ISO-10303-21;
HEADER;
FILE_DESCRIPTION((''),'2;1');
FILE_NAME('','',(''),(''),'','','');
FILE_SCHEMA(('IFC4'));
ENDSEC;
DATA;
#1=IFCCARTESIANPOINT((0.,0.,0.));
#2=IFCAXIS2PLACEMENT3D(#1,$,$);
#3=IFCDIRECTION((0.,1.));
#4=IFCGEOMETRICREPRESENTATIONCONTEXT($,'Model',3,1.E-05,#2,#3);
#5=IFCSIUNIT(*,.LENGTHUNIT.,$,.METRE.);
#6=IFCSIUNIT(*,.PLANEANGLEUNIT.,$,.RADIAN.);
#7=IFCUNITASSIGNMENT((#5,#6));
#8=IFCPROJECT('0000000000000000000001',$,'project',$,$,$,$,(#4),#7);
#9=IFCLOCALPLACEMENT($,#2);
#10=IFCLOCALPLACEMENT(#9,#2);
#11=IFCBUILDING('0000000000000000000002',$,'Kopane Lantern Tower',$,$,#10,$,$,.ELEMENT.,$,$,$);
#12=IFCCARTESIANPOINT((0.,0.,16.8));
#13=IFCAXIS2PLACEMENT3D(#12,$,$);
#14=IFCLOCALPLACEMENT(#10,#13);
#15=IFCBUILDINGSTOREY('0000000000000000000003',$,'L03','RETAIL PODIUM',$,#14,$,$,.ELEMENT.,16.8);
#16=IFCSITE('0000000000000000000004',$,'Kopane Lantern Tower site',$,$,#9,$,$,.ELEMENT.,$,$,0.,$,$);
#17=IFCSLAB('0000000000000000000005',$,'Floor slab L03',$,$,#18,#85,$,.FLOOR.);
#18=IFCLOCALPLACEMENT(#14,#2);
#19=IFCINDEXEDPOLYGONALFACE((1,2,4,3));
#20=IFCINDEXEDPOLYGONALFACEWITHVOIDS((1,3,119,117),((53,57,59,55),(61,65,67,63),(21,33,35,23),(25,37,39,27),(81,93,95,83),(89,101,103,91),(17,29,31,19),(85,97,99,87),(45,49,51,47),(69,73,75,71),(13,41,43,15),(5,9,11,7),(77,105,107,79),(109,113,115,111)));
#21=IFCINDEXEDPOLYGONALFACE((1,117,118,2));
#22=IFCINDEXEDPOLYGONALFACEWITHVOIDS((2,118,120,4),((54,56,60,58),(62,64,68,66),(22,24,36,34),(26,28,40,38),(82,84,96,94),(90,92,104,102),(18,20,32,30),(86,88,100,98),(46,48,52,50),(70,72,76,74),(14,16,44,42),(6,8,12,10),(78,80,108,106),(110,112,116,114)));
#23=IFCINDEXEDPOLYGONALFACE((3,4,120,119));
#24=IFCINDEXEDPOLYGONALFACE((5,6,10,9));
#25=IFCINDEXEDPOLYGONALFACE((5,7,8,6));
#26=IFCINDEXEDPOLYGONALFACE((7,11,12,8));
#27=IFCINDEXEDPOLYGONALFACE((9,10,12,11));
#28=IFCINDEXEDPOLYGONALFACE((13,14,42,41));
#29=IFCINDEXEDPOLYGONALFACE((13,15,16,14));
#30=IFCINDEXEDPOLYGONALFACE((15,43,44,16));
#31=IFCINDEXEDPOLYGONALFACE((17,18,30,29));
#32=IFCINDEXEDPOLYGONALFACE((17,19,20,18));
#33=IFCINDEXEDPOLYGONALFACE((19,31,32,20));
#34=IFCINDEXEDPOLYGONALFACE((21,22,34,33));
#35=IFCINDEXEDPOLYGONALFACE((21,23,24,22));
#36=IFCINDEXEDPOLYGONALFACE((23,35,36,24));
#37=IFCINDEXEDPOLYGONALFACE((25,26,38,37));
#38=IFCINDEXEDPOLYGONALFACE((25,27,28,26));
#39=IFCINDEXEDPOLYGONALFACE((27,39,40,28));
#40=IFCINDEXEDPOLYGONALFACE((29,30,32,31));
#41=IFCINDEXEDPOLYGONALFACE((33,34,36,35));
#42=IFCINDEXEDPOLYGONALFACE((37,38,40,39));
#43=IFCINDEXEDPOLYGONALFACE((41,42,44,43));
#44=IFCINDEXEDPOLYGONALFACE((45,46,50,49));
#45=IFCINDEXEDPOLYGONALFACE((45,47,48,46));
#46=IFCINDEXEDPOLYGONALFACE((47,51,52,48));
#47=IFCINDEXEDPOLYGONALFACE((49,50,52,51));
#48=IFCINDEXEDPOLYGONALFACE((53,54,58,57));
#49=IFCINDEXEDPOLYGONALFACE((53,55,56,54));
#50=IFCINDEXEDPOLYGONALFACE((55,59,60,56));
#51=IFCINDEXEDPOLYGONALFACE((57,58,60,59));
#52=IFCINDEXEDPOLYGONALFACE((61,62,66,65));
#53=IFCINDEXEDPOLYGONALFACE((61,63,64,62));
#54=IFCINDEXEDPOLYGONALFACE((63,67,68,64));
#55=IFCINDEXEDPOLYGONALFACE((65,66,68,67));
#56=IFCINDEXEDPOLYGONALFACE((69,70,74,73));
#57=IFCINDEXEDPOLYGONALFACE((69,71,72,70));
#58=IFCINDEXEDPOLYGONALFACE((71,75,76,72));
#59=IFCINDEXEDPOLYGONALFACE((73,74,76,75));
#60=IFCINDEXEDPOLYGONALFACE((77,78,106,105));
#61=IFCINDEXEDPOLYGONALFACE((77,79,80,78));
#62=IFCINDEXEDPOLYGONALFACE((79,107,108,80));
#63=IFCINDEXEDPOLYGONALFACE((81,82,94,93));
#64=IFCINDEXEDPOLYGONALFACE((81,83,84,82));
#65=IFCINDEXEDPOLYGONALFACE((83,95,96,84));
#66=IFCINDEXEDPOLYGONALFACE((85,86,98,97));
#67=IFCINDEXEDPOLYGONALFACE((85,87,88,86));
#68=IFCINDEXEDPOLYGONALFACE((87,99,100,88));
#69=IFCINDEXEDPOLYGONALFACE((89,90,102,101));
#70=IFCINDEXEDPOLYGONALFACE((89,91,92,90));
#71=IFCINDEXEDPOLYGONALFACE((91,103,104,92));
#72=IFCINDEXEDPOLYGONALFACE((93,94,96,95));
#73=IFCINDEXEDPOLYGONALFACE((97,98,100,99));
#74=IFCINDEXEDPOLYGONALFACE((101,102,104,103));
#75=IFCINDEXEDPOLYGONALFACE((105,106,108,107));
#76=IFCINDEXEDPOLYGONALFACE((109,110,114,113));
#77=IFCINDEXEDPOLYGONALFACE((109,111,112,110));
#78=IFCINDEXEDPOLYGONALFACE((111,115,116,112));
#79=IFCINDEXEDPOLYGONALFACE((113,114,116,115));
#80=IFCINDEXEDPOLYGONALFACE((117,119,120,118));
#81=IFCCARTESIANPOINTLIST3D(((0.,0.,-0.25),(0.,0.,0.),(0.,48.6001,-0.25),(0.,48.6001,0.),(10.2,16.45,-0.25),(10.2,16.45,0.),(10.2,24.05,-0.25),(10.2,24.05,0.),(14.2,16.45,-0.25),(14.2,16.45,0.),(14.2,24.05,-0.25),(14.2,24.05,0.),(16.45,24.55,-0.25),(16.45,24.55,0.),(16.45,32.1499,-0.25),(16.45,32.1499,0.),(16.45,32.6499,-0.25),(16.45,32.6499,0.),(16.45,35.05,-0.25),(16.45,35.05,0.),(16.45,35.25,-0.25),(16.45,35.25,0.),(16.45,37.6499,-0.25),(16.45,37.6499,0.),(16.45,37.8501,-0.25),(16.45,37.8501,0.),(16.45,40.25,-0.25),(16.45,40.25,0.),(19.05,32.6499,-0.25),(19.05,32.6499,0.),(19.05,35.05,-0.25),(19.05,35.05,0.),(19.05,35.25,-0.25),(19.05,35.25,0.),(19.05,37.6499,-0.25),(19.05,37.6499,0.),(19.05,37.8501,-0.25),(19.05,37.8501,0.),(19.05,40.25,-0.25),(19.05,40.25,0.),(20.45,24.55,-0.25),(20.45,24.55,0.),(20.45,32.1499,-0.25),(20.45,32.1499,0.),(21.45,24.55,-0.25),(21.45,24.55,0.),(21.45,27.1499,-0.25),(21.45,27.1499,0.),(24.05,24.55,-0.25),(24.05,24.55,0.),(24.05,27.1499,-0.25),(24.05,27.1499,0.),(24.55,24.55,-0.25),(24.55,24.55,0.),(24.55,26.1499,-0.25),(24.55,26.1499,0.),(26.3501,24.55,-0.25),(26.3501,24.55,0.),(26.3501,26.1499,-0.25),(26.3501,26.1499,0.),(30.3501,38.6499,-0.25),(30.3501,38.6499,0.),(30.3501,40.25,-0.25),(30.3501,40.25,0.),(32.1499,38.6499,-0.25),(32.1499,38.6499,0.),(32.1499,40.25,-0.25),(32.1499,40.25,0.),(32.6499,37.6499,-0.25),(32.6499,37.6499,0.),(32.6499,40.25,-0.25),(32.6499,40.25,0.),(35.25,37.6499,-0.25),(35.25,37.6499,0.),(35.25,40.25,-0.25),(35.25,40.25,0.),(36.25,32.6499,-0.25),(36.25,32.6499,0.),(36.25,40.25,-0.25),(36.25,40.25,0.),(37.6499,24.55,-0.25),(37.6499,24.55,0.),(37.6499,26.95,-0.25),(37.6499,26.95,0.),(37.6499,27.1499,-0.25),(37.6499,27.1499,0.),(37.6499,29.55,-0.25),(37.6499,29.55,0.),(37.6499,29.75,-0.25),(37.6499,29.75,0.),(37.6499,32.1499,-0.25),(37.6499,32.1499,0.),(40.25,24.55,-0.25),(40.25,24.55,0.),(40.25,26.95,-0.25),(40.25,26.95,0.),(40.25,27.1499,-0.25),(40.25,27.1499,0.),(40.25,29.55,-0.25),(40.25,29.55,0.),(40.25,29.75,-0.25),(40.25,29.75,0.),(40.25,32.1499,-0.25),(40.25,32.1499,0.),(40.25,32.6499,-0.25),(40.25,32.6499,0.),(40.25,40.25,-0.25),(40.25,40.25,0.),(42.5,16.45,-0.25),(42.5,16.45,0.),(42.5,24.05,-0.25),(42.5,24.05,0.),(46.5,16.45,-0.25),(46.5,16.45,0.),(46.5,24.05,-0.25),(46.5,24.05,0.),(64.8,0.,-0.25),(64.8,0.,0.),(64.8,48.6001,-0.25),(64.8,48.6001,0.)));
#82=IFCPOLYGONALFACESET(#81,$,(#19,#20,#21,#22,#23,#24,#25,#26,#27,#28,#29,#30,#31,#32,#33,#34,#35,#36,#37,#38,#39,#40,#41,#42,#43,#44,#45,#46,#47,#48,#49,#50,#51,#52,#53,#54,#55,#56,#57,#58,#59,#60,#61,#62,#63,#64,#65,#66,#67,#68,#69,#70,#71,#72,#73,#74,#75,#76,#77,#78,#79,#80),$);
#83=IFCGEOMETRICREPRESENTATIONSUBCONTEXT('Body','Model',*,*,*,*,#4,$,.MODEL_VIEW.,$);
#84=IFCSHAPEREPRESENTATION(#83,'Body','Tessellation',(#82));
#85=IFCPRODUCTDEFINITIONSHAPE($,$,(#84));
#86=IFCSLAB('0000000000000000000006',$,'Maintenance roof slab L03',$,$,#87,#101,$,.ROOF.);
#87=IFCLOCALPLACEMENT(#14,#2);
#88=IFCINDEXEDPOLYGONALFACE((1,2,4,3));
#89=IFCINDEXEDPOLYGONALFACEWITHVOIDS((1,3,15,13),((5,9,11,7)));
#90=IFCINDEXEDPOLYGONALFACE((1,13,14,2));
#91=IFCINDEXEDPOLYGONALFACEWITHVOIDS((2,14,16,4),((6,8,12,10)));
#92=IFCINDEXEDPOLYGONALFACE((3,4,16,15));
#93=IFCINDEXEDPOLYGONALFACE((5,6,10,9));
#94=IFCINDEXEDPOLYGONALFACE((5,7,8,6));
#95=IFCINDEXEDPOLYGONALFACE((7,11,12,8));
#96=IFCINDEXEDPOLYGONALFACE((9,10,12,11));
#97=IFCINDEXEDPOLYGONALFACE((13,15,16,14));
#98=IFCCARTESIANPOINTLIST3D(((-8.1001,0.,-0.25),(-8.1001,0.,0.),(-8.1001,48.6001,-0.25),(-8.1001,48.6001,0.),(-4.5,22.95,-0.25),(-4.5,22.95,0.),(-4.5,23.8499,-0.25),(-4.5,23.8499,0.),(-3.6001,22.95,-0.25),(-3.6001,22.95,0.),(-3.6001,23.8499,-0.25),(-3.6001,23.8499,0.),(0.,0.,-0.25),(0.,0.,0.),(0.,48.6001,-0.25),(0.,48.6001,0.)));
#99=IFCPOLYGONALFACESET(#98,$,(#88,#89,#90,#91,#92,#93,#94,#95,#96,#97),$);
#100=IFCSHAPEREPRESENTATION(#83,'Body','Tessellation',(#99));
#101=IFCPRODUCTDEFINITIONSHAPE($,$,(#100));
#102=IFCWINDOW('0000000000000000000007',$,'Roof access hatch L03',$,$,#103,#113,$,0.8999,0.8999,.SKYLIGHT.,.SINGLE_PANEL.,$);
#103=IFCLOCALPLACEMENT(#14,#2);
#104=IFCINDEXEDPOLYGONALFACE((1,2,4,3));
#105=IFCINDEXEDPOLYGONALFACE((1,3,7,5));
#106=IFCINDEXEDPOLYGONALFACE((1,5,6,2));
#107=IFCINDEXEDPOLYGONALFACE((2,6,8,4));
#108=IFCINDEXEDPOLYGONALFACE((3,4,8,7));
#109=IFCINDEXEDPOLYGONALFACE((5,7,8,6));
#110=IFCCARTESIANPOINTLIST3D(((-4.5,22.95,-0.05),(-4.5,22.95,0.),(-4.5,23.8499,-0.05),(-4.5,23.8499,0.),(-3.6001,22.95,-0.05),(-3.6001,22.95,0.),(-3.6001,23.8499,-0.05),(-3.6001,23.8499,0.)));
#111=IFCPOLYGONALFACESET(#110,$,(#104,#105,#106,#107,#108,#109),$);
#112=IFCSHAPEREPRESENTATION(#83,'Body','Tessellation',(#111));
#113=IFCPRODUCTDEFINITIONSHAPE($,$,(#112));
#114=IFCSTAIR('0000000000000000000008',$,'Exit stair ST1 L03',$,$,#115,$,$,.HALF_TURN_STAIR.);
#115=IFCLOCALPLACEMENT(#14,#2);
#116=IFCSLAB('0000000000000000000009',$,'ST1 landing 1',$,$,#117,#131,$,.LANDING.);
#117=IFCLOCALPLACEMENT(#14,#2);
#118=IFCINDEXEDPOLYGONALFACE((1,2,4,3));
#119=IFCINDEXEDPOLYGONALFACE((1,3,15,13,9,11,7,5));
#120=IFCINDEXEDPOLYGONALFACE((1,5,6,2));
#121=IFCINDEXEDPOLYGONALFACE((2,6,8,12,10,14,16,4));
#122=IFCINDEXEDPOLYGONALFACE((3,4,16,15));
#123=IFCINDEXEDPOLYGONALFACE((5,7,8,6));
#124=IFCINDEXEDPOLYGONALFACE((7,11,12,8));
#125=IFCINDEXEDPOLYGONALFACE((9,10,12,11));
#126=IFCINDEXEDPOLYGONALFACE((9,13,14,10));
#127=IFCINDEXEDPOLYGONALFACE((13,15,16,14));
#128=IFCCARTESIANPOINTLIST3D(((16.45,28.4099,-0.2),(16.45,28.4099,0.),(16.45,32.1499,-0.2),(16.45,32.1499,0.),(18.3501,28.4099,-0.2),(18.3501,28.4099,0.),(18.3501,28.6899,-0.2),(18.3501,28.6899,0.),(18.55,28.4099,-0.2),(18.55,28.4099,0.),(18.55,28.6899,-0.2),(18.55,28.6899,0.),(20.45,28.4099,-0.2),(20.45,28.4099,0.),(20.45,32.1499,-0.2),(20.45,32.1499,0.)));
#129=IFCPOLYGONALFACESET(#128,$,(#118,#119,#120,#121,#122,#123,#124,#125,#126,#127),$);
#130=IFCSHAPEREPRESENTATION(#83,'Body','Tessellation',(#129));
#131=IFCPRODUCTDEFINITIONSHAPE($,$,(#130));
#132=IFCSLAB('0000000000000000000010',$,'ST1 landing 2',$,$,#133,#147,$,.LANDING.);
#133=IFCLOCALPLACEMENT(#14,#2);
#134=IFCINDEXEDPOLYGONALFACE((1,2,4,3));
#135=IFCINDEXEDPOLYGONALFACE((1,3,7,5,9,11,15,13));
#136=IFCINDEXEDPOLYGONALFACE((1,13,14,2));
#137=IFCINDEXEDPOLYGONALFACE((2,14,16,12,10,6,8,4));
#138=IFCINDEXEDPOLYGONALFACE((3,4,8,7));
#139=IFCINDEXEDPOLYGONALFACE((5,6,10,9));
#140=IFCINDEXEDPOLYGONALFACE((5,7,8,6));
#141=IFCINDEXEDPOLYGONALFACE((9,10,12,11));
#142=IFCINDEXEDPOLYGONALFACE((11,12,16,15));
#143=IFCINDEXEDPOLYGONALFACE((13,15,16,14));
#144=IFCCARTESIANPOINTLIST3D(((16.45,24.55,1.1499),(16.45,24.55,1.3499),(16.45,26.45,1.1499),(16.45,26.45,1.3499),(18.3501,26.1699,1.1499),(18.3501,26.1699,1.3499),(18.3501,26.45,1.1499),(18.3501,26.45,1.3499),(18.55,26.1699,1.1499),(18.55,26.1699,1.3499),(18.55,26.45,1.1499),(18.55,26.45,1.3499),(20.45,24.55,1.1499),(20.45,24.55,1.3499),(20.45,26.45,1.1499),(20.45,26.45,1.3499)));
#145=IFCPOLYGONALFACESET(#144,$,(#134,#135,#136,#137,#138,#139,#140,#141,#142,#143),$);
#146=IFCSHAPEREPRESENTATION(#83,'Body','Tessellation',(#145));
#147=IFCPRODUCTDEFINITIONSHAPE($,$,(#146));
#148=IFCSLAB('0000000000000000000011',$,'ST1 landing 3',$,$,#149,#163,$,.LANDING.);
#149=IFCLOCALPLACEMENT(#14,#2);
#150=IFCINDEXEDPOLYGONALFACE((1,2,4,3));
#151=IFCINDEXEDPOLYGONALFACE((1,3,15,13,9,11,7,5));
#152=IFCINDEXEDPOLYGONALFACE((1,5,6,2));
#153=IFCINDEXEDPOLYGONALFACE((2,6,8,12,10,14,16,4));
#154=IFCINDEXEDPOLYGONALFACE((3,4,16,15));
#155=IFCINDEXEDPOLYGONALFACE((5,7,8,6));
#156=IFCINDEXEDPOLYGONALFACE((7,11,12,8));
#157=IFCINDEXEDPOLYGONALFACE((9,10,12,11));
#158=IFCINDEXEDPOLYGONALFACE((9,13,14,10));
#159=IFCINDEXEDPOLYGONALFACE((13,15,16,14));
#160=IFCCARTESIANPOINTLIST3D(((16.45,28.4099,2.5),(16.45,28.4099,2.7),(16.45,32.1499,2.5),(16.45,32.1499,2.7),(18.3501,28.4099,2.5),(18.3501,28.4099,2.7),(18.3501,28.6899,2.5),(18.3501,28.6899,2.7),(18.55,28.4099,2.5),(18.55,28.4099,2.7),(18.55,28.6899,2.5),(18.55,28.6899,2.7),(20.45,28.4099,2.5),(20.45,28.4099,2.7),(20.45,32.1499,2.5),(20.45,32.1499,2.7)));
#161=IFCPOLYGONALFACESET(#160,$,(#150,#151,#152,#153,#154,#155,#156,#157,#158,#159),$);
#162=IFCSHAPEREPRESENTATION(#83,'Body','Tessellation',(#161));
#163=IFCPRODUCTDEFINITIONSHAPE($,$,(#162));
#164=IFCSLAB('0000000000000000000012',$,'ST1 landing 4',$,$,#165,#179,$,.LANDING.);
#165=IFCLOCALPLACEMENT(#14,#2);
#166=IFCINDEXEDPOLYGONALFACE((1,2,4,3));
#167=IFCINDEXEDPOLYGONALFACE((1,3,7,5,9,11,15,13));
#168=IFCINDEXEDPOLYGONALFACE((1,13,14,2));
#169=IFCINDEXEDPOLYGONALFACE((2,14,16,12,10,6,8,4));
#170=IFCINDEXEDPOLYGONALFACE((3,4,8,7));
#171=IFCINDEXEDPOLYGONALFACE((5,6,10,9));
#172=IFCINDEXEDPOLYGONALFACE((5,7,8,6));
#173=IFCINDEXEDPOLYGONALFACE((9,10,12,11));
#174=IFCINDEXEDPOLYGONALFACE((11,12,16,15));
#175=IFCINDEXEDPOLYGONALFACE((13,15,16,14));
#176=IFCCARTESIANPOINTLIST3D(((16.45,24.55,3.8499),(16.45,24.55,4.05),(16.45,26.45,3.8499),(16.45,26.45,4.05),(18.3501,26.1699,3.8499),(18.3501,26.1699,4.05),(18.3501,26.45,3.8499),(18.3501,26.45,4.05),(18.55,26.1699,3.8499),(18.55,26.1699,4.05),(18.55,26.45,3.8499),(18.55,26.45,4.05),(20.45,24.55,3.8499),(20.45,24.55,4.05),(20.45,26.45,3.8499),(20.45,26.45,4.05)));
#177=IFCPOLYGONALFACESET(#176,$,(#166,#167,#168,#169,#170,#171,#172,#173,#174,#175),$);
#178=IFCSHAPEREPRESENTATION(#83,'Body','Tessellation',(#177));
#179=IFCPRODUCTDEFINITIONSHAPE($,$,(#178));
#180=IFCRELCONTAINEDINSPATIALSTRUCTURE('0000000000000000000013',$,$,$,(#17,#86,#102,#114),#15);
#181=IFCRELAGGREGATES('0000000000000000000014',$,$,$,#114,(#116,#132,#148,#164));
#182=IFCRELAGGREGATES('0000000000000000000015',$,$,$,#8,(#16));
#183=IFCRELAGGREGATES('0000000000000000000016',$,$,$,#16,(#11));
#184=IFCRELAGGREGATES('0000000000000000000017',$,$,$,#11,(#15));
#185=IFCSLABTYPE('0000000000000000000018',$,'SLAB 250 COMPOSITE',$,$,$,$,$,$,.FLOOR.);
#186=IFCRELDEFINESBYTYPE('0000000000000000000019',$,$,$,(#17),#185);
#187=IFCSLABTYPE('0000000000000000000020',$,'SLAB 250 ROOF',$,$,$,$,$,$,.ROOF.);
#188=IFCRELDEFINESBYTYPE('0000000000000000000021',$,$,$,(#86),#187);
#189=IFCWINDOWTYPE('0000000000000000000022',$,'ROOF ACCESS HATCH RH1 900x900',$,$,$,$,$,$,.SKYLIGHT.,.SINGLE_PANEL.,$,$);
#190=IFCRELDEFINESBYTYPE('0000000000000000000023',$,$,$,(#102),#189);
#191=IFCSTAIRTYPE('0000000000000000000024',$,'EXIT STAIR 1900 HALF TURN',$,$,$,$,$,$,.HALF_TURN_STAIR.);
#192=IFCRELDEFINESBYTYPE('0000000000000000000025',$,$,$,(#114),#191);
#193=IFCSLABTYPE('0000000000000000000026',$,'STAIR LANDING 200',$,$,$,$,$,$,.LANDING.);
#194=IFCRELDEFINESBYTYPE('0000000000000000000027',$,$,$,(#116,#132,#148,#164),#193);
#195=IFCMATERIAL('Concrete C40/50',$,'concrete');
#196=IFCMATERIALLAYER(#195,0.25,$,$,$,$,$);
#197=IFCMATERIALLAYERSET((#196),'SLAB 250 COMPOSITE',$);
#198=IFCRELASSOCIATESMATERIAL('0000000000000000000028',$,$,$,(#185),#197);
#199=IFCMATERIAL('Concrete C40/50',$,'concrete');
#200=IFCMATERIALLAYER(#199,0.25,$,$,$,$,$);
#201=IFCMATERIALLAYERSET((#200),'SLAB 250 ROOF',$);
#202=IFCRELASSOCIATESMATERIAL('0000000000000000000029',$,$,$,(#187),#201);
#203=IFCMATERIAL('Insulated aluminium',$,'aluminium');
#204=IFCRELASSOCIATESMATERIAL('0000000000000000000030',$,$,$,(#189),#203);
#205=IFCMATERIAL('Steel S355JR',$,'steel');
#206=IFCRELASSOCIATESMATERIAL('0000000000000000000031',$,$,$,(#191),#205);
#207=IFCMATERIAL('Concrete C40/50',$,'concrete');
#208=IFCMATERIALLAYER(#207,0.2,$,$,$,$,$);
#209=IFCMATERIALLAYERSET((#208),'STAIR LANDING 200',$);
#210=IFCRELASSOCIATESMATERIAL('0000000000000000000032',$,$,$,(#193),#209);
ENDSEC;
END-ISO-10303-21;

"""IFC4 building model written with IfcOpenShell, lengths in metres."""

from ifc_helpers import new_model, si_unit, direction, frame, origin, origin_2d, place, context, subcontext, project, spatial, polyline, rectangle, outline, extrude, material, layer, layer_set, type_object, element, fill, aggregate, save


model = new_model("IFC4")

# Units and contexts
model_context = context("Model", 3, precision=1e-05, world=origin(), true_north=direction((0.0, 1.0)))
body_context = subcontext(model_context, "Body", "Model", "MODEL_VIEW")
ifc_project = project(units=[si_unit("LENGTHUNIT", "METRE"), si_unit("PLANEANGLEUNIT", "RADIAN")], contexts=[model_context])

# Site, building, storey
site_placement = place(None, origin())
site = spatial("IfcSite", under=ifc_project, at=site_placement, Name="Kopane Lantern Tower site", CompositionType="ELEMENT", RefElevation=0.0)
building_placement = place(site_placement, origin())
building = spatial("IfcBuilding", under=site, at=building_placement, Name="Kopane Lantern Tower", CompositionType="ELEMENT")
storey_placement = place(building_placement, frame((0.0, 0.0, 16.8)))
storey = spatial("IfcBuildingStorey", under=building, at=storey_placement, Name="L03", Description="RETAIL PODIUM", CompositionType="ELEMENT", Elevation=16.8)

# Slab
ifc_material_1 = material(Name="Concrete C40/50", Category="concrete")
ifc_layer_1 = layer(ifc_material_1, 0.25)
ifc_layer_set_1 = layer_set([ifc_layer_1], Name="SLAB 250 COMPOSITE")
slab_type_1 = type_object("IfcSlabType", Name="SLAB 250 COMPOSITE", PredefinedType="FLOOR", material=ifc_layer_set_1)
slab_1_placement = place(storey_placement, frame((0.0, 0.0, -0.25)))
element("IfcSlab", 1, at=slab_1_placement, inside=storey, type_object=slab_type_1, Name="Floor slab L03", PredefinedType="FLOOR", context=body_context, shape_type="SweptSolid", body=[
    extrude(outline(polyline([(64.8, 0.0), (64.8, 48.6001), (0.0, 48.6001), (0.0, 0.0), (64.8, 0.0)]), holes=[polyline([(16.45, 24.55), (20.45, 24.55), (20.45, 32.1499), (16.45, 32.1499), (16.45, 24.55)]), polyline([(36.25, 32.6499), (40.25, 32.6499), (40.25, 40.25), (36.25, 40.25), (36.25, 32.6499)]), polyline([(16.45, 32.6499), (19.05, 32.6499), (19.05, 35.05), (16.45, 35.05), (16.45, 32.6499)]), polyline([(16.45, 35.25), (19.05, 35.25), (19.05, 37.6499), (16.45, 37.6499), (16.45, 35.25)]), polyline([(16.45, 37.8501), (19.05, 37.8501), (19.05, 40.25), (16.45, 40.25), (16.45, 37.8501)]), polyline([(37.6499, 24.55), (40.25, 24.55), (40.25, 26.95), (37.6499, 26.95), (37.6499, 24.55)]), polyline([(37.6499, 27.1499), (40.25, 27.1499), (40.25, 29.55), (37.6499, 29.55), (37.6499, 27.1499)]), polyline([(37.6499, 29.75), (40.25, 29.75), (40.25, 32.1499), (37.6499, 32.1499), (37.6499, 29.75)]), polyline([(21.45, 24.55), (24.05, 24.55), (24.05, 27.1499), (21.45, 27.1499), (21.45, 24.55)]), polyline([(32.6499, 37.6499), (35.25, 37.6499), (35.25, 40.25), (32.6499, 40.25), (32.6499, 37.6499)]), polyline([(24.55, 24.55), (26.3501, 24.55), (26.3501, 26.1499), (24.55, 26.1499), (24.55, 24.55)]), polyline([(30.3501, 38.6499), (32.1499, 38.6499), (32.1499, 40.25), (30.3501, 40.25), (30.3501, 38.6499)]), polyline([(10.2, 16.45), (14.2, 16.45), (14.2, 24.05), (10.2, 24.05), (10.2, 16.45)]), polyline([(42.5, 16.45), (46.5, 16.45), (46.5, 24.05), (42.5, 24.05), (42.5, 16.45)])]), origin(), (0.0, 0.0, 1.0), 0.25),
])

# Slab, opening, window
ifc_material_2 = material(Name="Concrete C40/50", Category="concrete")
ifc_layer_2 = layer(ifc_material_2, 0.25)
ifc_layer_set_2 = layer_set([ifc_layer_2], Name="SLAB 250 ROOF")
slab_type_2 = type_object("IfcSlabType", Name="SLAB 250 ROOF", PredefinedType="ROOF", material=ifc_layer_set_2)
slab_2_placement = place(storey_placement, frame((0.0, 0.0, -0.25)))
slab_2 = element("IfcSlab", 2, at=slab_2_placement, inside=storey, type_object=slab_type_2, Name="Maintenance roof slab L03", PredefinedType="ROOF", context=body_context, shape_type="SweptSolid", body=[
    extrude(outline(polyline([(-8.1001, 48.6001), (0.0, 48.6001), (0.0, 0.0), (-8.1001, 0.0), (-8.1001, 48.6001)])), origin(), (0.0, 0.0, 1.0), 0.25),
])
opening_placement = place(slab_2_placement, frame((-4.05, 23.3999, 0.0)))
opening = element("IfcOpeningElement", 3, at=opening_placement, cuts=slab_2, PredefinedType="OPENING", context=body_context, shape_type="SweptSolid", body=[
    extrude(rectangle(XDim=0.8999, YDim=0.8999, at=origin_2d()), origin(), (0.0, 0.0, 1.0), 0.25),
])
ifc_material_3 = material(Name="Insulated aluminium", Category="aluminium")
window_type = type_object("IfcWindowType", Name="ROOF ACCESS HATCH RH1 900x900", PartitioningType="SINGLE_PANEL", PredefinedType="SKYLIGHT", material=ifc_material_3)
window_placement = place(opening_placement, frame((0.0, 0.0, 0.2)))
window = element("IfcWindow", 4, at=window_placement, inside=storey, type_object=window_type, Name="Roof access hatch L03", OverallHeight=0.8999, OverallWidth=0.8999, PartitioningType="SINGLE_PANEL", PredefinedType="SKYLIGHT", context=body_context, shape_type="SweptSolid", body=[
    extrude(rectangle(XDim=0.8999, YDim=0.8999, at=origin_2d()), origin(), (0.0, 0.0, 1.0), 0.05),
])
fill(opening, window)

# Stair, slabs
ifc_material_4 = material(Name="Steel S355JR", Category="steel")
stair_type = type_object("IfcStairType", Name="EXIT STAIR 1900 HALF TURN", PredefinedType="HALF_TURN_STAIR", material=ifc_material_4)
stair_1_placement = place(storey_placement, origin())
stair_1 = element("IfcStair", 5, at=stair_1_placement, inside=storey, type_object=stair_type, Name="Exit stair ST1 L03", PredefinedType="HALF_TURN_STAIR")
ifc_material_5 = material(Name="Concrete C40/50", Category="concrete")
ifc_layer_3 = layer(ifc_material_5, 0.2)
ifc_layer_set_3 = layer_set([ifc_layer_3], Name="STAIR LANDING 200")
slab_type_3 = type_object("IfcSlabType", Name="STAIR LANDING 200", PredefinedType="LANDING", material=ifc_layer_set_3)
slab_3_placement = place(storey_placement, frame((0.0, 0.0, -0.2)))
slab_3 = element("IfcSlab", 6, at=slab_3_placement, type_object=slab_type_3, Name="ST1 landing 1", PredefinedType="LANDING", context=body_context, shape_type="SweptSolid", body=[
    extrude(outline(polyline([(18.3501, 28.6899), (18.55, 28.6899), (18.55, 28.4099), (20.45, 28.4099), (20.45, 32.1499), (16.45, 32.1499), (16.45, 28.4099), (18.3501, 28.4099), (18.3501, 28.6899)])), origin(), (0.0, 0.0, 1.0), 0.2),
])
slab_4_placement = place(storey_placement, frame((0.0, 0.0, 1.1499)))
slab_4 = element("IfcSlab", 7, at=slab_4_placement, type_object=slab_type_3, Name="ST1 landing 2", PredefinedType="LANDING", context=body_context, shape_type="SweptSolid", body=[
    extrude(outline(polyline([(20.45, 26.45), (18.55, 26.45), (18.55, 26.1699), (18.3501, 26.1699), (18.3501, 26.45), (16.45, 26.45), (16.45, 24.55), (20.45, 24.55), (20.45, 26.45)])), origin(), (0.0, 0.0, 1.0), 0.2),
])
slab_5_placement = place(storey_placement, frame((0.0, 0.0, 2.5)))
slab_5 = element("IfcSlab", 8, at=slab_5_placement, type_object=slab_type_3, Name="ST1 landing 3", PredefinedType="LANDING", context=body_context, shape_type="SweptSolid", body=[
    extrude(outline(polyline([(18.3501, 28.6899), (18.55, 28.6899), (18.55, 28.4099), (20.45, 28.4099), (20.45, 32.1499), (16.45, 32.1499), (16.45, 28.4099), (18.3501, 28.4099), (18.3501, 28.6899)])), origin(), (0.0, 0.0, 1.0), 0.2),
])
slab_6_placement = place(storey_placement, frame((0.0, 0.0, 3.8499)))
slab_6 = element("IfcSlab", 9, at=slab_6_placement, type_object=slab_type_3, Name="ST1 landing 4", PredefinedType="LANDING", context=body_context, shape_type="SweptSolid", body=[
    extrude(outline(polyline([(20.45, 26.45), (18.55, 26.45), (18.55, 26.1699), (18.3501, 26.1699), (18.3501, 26.45), (16.45, 26.45), (16.45, 24.55), (20.45, 24.55), (20.45, 26.45)])), origin(), (0.0, 0.0, 1.0), 0.2002),
])
aggregate(stair_1, [slab_3, slab_4, slab_5, slab_6])

save(model, "model.ifc")
